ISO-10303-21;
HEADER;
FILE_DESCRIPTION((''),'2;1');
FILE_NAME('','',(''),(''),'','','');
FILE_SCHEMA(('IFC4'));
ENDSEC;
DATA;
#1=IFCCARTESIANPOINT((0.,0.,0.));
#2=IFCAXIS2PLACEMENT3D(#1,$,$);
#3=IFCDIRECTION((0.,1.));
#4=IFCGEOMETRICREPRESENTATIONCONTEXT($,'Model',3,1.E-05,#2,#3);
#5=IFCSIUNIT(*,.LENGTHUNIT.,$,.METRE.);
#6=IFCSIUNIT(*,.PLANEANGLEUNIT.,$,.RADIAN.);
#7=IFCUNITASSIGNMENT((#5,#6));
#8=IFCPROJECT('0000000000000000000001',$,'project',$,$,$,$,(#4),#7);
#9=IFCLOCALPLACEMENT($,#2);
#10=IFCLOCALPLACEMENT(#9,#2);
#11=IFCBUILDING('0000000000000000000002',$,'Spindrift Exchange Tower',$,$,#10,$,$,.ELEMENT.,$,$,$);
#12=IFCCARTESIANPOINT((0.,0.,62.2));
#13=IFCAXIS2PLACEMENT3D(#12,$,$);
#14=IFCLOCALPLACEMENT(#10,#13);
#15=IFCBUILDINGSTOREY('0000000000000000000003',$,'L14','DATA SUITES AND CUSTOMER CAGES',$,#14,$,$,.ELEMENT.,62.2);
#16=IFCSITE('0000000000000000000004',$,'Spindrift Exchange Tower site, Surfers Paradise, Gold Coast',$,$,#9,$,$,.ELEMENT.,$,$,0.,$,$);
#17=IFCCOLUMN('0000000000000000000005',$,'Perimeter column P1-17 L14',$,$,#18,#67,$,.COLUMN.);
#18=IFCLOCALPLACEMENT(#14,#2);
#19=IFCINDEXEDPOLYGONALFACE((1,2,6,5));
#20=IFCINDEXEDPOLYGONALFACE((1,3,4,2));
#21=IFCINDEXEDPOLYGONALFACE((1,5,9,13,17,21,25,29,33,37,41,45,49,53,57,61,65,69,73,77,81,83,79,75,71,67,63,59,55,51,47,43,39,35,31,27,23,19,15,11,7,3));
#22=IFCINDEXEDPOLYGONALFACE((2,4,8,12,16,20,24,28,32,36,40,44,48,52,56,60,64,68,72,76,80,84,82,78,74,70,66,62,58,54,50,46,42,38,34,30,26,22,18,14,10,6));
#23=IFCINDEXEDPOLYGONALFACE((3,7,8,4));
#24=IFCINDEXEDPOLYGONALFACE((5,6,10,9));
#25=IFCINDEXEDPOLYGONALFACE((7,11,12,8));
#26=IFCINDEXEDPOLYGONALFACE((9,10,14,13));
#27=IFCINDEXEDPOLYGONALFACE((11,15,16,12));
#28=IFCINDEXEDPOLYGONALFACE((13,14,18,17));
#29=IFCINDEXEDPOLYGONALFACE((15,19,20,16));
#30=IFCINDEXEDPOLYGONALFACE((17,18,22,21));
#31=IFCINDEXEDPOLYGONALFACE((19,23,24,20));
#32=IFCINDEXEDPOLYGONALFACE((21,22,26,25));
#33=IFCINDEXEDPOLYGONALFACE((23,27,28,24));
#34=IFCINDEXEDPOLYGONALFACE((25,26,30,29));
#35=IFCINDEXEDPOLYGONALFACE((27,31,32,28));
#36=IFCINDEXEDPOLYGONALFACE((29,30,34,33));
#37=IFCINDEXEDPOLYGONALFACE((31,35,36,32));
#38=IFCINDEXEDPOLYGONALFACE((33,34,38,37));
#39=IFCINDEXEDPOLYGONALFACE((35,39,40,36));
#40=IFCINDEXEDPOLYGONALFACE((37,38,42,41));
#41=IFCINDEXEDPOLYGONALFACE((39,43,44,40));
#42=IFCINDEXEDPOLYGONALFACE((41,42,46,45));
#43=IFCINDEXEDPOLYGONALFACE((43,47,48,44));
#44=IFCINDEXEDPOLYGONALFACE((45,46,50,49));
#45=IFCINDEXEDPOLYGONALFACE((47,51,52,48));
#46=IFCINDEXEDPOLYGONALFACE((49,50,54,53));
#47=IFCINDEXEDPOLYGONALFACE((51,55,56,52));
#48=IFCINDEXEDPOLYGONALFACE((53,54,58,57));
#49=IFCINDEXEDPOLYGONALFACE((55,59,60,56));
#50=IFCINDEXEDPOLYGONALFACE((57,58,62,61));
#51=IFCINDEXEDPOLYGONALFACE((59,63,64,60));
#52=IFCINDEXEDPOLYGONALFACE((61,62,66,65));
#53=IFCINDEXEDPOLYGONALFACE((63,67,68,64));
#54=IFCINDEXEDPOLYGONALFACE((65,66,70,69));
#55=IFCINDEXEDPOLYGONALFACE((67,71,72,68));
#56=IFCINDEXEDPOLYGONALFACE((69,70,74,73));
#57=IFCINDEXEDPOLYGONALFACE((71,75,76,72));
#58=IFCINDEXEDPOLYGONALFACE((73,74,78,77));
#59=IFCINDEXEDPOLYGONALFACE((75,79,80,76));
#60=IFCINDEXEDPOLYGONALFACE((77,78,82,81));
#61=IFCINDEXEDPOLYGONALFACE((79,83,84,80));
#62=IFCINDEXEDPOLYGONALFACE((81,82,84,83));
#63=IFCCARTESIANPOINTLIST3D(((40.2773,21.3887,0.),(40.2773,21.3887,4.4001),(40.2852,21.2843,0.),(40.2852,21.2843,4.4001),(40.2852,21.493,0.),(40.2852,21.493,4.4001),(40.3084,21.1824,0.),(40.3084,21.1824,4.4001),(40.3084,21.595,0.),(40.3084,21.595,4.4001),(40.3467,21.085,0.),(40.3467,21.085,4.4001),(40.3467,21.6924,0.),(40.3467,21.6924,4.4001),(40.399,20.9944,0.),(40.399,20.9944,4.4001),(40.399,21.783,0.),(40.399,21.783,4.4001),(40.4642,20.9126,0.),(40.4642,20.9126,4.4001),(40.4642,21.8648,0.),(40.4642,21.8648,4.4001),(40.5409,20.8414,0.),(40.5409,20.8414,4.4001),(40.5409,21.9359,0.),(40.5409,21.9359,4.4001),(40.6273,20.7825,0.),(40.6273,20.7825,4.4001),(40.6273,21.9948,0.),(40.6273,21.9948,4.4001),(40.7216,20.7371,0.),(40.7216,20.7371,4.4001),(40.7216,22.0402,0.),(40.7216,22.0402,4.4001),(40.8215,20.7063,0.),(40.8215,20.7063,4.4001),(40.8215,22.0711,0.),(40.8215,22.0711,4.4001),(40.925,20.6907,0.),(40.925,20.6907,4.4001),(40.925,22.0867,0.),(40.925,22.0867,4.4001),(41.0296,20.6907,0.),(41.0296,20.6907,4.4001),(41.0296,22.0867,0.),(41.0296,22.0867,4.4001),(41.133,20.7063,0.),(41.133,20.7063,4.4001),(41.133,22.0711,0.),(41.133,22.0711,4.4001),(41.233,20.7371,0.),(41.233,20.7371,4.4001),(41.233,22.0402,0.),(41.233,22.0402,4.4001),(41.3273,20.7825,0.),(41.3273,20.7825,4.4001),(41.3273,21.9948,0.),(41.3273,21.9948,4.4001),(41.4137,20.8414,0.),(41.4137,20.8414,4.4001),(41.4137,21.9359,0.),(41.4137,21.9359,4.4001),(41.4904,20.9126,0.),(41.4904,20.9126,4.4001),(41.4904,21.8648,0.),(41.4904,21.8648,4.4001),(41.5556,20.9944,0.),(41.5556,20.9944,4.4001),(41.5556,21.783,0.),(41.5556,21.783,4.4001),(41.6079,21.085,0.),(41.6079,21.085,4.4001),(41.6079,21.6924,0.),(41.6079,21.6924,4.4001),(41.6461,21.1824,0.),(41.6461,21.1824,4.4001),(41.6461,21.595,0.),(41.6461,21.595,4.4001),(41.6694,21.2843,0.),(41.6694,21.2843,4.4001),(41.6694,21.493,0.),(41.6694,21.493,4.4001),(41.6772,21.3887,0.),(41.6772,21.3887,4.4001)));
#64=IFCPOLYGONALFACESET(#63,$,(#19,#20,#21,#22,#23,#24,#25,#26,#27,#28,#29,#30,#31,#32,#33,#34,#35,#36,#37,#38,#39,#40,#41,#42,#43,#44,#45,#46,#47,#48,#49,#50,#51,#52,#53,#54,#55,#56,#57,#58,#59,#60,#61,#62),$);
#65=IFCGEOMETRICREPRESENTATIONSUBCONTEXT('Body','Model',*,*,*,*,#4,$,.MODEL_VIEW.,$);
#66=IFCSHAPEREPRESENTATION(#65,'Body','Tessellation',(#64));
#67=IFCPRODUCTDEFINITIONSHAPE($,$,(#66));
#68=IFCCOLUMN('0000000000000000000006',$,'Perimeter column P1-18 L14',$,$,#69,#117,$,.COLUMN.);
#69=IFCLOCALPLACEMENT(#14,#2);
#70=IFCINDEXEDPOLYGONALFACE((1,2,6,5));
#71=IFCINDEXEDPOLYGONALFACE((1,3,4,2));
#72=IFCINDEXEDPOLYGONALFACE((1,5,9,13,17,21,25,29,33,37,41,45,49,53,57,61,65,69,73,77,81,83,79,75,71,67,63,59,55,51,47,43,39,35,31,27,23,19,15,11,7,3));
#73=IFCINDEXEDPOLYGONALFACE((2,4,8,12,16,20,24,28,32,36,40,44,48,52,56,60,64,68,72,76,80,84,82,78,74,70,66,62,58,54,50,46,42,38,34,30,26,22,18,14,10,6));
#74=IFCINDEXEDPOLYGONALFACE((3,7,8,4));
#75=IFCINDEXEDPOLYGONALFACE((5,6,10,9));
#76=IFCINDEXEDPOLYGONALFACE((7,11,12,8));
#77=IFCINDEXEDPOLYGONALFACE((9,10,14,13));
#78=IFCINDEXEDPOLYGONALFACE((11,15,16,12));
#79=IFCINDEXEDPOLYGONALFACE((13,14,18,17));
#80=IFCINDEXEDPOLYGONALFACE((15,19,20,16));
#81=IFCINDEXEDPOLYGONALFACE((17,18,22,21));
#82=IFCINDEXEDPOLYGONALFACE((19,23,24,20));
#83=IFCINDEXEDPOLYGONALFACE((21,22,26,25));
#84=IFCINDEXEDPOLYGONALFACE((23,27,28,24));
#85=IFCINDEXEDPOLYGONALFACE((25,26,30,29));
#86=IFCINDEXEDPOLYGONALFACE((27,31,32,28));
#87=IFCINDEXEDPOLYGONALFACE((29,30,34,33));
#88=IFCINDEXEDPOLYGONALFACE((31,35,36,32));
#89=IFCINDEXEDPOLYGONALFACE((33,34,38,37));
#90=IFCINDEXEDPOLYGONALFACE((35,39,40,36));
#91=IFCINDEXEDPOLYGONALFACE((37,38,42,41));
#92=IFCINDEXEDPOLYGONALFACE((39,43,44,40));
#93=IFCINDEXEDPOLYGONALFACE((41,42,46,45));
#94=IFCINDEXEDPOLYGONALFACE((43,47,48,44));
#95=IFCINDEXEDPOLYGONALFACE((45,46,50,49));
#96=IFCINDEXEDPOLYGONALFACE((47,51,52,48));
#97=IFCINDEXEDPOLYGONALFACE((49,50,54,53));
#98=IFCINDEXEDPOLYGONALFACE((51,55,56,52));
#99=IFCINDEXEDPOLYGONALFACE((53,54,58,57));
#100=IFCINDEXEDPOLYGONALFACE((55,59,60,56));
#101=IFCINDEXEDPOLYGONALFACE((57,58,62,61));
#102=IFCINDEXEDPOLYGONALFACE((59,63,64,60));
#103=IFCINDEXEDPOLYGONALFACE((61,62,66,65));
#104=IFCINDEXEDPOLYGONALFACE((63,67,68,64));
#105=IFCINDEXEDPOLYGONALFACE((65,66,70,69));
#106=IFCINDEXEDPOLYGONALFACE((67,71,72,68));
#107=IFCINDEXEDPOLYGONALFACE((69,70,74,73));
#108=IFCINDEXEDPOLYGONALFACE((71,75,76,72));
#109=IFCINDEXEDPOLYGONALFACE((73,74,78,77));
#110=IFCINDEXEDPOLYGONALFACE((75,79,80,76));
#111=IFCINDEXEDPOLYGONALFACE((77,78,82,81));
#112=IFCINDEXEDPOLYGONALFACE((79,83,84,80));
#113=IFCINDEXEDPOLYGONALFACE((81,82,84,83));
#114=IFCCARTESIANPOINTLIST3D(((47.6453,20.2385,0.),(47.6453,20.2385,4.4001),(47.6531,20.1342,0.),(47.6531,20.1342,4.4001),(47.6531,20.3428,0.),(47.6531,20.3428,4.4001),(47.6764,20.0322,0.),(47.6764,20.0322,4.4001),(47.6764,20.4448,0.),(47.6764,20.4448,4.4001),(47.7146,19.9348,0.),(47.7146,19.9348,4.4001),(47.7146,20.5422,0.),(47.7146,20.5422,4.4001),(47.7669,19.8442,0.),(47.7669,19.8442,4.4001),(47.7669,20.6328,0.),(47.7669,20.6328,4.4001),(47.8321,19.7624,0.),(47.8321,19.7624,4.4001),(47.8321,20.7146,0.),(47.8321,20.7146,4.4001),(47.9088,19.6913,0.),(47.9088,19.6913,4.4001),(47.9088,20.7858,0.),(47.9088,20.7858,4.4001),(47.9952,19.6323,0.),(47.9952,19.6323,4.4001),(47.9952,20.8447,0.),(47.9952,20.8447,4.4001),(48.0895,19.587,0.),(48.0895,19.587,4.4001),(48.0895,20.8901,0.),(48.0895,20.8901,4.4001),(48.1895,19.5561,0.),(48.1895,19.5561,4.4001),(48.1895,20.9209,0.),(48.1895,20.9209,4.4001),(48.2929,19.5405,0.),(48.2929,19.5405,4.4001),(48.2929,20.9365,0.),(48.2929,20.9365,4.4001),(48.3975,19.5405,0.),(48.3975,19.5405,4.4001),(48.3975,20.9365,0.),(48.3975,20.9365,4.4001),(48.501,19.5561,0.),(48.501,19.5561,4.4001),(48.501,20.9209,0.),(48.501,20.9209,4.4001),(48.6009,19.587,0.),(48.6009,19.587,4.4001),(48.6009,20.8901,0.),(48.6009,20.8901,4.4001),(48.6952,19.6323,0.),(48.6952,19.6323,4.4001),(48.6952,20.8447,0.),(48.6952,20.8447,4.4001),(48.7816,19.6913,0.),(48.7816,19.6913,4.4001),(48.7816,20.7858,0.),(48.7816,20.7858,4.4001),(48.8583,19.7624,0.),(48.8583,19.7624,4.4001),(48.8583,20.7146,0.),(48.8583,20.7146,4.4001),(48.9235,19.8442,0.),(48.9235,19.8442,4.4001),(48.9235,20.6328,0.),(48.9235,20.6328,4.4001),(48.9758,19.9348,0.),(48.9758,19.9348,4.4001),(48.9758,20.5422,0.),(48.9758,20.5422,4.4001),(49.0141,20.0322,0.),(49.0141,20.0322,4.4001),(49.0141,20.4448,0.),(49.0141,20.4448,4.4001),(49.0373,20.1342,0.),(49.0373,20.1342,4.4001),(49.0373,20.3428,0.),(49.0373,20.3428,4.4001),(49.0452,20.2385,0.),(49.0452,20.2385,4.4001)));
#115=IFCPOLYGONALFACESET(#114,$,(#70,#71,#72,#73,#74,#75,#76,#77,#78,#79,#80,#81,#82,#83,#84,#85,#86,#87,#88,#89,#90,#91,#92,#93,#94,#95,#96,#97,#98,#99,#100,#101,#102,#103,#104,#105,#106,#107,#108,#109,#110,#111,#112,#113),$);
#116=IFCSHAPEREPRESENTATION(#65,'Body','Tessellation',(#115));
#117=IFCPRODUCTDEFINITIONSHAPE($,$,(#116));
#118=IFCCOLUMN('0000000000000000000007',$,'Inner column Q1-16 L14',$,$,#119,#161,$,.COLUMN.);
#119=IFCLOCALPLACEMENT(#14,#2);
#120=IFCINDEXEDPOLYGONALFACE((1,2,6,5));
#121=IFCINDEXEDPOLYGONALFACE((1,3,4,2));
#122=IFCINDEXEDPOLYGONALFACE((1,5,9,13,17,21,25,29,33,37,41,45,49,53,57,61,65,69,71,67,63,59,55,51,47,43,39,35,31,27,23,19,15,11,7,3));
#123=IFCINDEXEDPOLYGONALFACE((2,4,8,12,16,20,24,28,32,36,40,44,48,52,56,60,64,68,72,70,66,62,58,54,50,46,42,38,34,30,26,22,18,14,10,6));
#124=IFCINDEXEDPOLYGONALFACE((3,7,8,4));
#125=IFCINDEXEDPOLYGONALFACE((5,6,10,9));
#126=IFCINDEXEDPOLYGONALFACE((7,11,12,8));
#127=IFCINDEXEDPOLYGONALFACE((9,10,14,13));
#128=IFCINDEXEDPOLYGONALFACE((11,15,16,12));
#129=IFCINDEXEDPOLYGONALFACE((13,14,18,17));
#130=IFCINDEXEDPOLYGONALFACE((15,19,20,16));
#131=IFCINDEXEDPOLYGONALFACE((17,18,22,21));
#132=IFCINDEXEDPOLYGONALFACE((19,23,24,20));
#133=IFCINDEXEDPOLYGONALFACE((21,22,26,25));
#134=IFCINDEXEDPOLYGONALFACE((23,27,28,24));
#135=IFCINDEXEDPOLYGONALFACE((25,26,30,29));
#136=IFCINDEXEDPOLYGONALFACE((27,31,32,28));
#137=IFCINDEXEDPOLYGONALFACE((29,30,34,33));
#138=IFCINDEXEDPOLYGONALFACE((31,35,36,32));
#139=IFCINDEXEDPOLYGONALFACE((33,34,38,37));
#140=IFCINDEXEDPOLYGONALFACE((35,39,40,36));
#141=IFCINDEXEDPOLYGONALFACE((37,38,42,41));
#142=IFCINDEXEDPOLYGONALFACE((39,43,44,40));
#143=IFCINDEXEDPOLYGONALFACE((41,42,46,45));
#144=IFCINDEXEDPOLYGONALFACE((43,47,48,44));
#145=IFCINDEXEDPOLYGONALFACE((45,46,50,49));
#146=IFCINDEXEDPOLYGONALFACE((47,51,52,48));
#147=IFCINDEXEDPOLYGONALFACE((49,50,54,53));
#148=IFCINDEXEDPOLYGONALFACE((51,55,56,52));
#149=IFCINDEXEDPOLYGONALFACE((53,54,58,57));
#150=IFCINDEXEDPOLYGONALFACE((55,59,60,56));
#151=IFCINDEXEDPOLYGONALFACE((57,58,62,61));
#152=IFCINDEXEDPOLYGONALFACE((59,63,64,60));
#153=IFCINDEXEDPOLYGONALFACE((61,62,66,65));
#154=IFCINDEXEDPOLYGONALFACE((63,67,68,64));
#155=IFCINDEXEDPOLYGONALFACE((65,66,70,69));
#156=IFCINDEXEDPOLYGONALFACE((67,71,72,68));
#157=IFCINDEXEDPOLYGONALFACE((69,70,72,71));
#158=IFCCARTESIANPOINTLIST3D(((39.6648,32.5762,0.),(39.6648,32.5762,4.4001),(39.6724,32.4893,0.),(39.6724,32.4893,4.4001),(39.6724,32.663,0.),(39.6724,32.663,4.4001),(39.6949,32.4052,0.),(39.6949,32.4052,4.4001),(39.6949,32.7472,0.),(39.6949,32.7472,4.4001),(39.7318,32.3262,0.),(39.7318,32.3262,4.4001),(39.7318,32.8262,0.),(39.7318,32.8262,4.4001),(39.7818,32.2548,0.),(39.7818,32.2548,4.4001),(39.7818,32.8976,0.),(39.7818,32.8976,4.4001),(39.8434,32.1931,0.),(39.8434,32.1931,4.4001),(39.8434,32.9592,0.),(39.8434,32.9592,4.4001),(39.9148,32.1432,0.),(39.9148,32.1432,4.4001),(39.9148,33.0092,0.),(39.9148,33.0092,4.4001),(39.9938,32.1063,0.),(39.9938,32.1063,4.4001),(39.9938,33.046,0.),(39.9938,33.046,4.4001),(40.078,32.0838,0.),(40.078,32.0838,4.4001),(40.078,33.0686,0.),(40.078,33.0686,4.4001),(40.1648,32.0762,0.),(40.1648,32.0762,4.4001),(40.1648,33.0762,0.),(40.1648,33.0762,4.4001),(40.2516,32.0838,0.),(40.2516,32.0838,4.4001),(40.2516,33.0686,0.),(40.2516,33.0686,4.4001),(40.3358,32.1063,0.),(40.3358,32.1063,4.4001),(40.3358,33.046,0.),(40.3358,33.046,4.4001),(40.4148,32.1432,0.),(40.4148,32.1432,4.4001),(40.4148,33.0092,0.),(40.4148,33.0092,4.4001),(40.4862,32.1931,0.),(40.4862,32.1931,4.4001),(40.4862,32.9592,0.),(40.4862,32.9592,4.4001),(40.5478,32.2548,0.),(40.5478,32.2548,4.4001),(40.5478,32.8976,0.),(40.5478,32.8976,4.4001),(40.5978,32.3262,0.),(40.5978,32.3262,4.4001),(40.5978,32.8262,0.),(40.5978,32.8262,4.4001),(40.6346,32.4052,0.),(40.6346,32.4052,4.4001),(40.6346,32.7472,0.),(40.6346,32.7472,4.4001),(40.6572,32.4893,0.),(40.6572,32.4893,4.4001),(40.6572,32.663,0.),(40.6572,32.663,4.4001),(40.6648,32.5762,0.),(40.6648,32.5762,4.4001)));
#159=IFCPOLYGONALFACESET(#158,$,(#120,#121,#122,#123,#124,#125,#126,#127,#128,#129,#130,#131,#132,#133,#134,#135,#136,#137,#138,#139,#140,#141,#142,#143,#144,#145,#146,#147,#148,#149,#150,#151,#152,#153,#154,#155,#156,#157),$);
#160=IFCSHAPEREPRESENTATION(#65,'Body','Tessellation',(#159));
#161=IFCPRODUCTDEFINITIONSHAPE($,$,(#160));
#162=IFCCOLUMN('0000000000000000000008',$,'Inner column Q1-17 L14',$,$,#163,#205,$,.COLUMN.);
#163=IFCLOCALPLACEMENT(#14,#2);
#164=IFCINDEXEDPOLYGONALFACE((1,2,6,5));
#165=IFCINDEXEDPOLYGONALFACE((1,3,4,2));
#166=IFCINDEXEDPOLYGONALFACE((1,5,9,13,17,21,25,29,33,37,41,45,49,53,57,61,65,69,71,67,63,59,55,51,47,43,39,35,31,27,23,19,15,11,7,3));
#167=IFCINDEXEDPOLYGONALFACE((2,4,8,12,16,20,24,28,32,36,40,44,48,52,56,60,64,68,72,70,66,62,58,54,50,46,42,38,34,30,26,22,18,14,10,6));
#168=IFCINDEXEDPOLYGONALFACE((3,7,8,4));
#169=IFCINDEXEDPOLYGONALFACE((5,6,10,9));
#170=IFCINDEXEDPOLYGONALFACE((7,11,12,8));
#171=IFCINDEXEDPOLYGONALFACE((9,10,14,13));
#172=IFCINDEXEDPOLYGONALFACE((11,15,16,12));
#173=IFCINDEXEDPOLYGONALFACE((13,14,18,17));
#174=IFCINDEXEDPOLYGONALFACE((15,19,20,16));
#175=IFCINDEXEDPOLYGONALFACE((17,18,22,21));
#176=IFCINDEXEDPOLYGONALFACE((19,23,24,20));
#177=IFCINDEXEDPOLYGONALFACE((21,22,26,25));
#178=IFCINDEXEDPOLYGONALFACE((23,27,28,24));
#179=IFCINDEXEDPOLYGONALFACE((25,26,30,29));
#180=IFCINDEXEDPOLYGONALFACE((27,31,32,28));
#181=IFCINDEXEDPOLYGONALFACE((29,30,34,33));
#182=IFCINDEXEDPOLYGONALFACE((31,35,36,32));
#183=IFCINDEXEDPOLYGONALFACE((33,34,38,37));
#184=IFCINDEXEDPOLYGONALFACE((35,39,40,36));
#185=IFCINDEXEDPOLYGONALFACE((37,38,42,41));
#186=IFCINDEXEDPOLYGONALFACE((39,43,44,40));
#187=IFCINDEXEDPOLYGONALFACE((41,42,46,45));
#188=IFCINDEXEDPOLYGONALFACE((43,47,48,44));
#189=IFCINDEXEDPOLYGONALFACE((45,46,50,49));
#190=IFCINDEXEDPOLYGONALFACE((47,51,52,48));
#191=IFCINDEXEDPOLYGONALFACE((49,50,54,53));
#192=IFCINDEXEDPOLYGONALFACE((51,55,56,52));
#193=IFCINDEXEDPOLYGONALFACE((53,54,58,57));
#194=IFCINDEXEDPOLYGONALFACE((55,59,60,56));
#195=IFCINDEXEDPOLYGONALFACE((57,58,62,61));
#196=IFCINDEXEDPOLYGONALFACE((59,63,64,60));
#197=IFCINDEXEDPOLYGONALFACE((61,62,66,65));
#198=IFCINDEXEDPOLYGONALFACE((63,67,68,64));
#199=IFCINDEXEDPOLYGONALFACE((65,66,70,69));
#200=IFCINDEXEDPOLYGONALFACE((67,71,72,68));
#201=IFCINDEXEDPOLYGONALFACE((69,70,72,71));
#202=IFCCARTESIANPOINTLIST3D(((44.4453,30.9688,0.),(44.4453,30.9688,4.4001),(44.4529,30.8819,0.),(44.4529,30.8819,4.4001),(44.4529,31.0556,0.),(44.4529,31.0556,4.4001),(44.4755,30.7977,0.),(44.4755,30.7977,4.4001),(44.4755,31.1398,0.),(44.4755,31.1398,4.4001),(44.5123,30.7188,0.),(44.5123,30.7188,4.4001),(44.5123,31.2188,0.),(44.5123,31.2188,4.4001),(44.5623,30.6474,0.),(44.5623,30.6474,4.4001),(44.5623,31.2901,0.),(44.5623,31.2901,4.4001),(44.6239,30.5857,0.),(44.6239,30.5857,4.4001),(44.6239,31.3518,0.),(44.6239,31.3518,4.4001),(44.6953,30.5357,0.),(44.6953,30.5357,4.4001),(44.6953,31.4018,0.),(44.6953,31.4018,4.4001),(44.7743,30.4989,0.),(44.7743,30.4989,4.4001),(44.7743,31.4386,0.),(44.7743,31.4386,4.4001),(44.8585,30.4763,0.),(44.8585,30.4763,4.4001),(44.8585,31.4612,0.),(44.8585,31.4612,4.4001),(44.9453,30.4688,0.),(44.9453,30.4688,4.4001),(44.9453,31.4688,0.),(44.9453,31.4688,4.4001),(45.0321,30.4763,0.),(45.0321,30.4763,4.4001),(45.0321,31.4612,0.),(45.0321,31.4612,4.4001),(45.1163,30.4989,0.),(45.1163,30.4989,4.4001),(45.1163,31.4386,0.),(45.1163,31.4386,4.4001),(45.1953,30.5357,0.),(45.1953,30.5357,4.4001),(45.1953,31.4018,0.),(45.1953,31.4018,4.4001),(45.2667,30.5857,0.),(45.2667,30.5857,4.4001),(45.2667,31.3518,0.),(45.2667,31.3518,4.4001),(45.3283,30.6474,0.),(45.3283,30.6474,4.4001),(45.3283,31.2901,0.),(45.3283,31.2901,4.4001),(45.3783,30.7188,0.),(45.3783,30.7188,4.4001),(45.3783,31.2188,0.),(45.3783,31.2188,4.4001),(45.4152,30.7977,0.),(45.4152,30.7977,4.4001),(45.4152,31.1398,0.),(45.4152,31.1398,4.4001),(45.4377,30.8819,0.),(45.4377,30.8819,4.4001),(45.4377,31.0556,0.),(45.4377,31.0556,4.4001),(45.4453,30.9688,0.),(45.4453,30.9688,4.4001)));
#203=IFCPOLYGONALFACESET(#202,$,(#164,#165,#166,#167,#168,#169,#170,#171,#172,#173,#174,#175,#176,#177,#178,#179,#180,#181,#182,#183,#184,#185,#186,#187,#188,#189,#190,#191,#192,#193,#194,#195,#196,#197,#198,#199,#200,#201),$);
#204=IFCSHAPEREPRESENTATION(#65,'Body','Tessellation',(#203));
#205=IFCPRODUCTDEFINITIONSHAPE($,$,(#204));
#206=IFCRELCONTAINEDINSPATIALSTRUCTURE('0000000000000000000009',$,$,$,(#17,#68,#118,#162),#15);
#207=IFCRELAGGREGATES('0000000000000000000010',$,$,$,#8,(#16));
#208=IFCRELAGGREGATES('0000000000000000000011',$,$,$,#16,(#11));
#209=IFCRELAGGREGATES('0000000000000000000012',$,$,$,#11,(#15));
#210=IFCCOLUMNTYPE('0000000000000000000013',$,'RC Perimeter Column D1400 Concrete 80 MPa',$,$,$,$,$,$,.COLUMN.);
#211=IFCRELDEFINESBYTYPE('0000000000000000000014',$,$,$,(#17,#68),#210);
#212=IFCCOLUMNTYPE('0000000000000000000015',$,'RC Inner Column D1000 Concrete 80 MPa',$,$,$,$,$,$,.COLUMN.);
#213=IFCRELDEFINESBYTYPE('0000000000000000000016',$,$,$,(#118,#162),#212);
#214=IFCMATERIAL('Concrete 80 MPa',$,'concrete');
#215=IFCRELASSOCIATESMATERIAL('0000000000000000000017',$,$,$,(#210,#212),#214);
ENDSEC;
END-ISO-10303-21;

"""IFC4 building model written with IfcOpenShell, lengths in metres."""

from ifc_helpers import new_model, si_unit, direction, frame, origin, origin_2d, place, context, subcontext, project, spatial, circle, extrude, source, transform, mapped, material, material_profile, profile_set, type_object, element, save


model = new_model("IFC4")

# Units and contexts
model_context = context("Model", 3, precision=1e-05, world=origin(), true_north=direction((0.0, 1.0)))
body_context = subcontext(model_context, "Body", "Model", "MODEL_VIEW")
ifc_project = project(units=[si_unit("LENGTHUNIT", "METRE"), si_unit("PLANEANGLEUNIT", "RADIAN")], contexts=[model_context])

# Site, building, storey
site_placement = place(None, origin())
site = spatial("IfcSite", under=ifc_project, at=site_placement, Name="Spindrift Exchange Tower site, Surfers Paradise, Gold Coast", CompositionType="ELEMENT", RefElevation=0.0)
building_placement = place(site_placement, origin())
building = spatial("IfcBuilding", under=site, at=building_placement, Name="Spindrift Exchange Tower", CompositionType="ELEMENT")
storey_placement = place(building_placement, frame((0.0, 0.0, 62.2)))
storey = spatial("IfcBuildingStorey", under=building, at=storey_placement, Name="L14", Description="DATA SUITES AND CUSTOMER CAGES", CompositionType="ELEMENT", Elevation=62.2)

# Columns
ifc_material_1 = material(Name="Concrete 80 MPa", Category="concrete")
ifc_material_profile_1 = material_profile(ifc_material_1, circle(Radius=0.7, at=origin_2d()), Name="RC D1400")
ifc_profile_set_1 = profile_set([ifc_material_profile_1], Name="Concrete 80 MPa")
column_type_1 = type_object("IfcColumnType", Name="RC Perimeter Column D1400 Concrete 80 MPa", PredefinedType="COLUMN", material=ifc_profile_set_1)
shared_shape_1 = source(origin(), body_context, "Body", "SweptSolid", [
    extrude(circle(Radius=0.7, at=origin_2d()), origin(), (0.0, 0.0, 1.0), 4.4001),
])
for number, where, z_axis, x_axis, name in (
    (1, (40.9773, 21.3887, 0.0), (0.0, 0.0, 1.0), (1.0, 0.0, 0.0), "Perimeter column P1-17 L14"),
    (2, (48.3452, 20.2385, 0.0), (0.0, 0.0, 1.0), (1.0, 0.0, 0.0), "Perimeter column P1-18 L14"),
):
    element("IfcColumn", number, at=place(storey_placement, frame(where, z_axis=z_axis, x_axis=x_axis)), inside=storey, type_object=column_type_1, Name=name, PredefinedType="COLUMN", context=body_context, shape_type="MappedRepresentation", body=[
        mapped(shared_shape_1, transform((0.0, 0.0, 0.0), scale=1.0)),
    ])
ifc_material_profile_2 = material_profile(ifc_material_1, circle(Radius=0.5, at=origin_2d()), Name="RC D1000")
ifc_profile_set_2 = profile_set([ifc_material_profile_2], Name="Concrete 80 MPa")
column_type_2 = type_object("IfcColumnType", Name="RC Inner Column D1000 Concrete 80 MPa", PredefinedType="COLUMN", material=ifc_profile_set_2)
shared_shape_2 = source(origin(), body_context, "Body", "SweptSolid", [
    extrude(circle(Radius=0.5, at=origin_2d()), origin(), (0.0, 0.0, 1.0), 4.4001),
])
for number, where, z_axis, x_axis, name in (
    (3, (40.1648, 32.5762, 0.0), (0.0, 0.0, 1.0), (1.0, 0.0, 0.0), "Inner column Q1-16 L14"),
    (4, (44.9453, 30.9688, 0.0), (0.0, 0.0, 1.0), (1.0, 0.0, 0.0), "Inner column Q1-17 L14"),
):
    element("IfcColumn", number, at=place(storey_placement, frame(where, z_axis=z_axis, x_axis=x_axis)), inside=storey, type_object=column_type_2, Name=name, PredefinedType="COLUMN", context=body_context, shape_type="MappedRepresentation", body=[
        mapped(shared_shape_2, transform((0.0, 0.0, 0.0), scale=1.0)),
    ])

save(model, "model.ifc")
